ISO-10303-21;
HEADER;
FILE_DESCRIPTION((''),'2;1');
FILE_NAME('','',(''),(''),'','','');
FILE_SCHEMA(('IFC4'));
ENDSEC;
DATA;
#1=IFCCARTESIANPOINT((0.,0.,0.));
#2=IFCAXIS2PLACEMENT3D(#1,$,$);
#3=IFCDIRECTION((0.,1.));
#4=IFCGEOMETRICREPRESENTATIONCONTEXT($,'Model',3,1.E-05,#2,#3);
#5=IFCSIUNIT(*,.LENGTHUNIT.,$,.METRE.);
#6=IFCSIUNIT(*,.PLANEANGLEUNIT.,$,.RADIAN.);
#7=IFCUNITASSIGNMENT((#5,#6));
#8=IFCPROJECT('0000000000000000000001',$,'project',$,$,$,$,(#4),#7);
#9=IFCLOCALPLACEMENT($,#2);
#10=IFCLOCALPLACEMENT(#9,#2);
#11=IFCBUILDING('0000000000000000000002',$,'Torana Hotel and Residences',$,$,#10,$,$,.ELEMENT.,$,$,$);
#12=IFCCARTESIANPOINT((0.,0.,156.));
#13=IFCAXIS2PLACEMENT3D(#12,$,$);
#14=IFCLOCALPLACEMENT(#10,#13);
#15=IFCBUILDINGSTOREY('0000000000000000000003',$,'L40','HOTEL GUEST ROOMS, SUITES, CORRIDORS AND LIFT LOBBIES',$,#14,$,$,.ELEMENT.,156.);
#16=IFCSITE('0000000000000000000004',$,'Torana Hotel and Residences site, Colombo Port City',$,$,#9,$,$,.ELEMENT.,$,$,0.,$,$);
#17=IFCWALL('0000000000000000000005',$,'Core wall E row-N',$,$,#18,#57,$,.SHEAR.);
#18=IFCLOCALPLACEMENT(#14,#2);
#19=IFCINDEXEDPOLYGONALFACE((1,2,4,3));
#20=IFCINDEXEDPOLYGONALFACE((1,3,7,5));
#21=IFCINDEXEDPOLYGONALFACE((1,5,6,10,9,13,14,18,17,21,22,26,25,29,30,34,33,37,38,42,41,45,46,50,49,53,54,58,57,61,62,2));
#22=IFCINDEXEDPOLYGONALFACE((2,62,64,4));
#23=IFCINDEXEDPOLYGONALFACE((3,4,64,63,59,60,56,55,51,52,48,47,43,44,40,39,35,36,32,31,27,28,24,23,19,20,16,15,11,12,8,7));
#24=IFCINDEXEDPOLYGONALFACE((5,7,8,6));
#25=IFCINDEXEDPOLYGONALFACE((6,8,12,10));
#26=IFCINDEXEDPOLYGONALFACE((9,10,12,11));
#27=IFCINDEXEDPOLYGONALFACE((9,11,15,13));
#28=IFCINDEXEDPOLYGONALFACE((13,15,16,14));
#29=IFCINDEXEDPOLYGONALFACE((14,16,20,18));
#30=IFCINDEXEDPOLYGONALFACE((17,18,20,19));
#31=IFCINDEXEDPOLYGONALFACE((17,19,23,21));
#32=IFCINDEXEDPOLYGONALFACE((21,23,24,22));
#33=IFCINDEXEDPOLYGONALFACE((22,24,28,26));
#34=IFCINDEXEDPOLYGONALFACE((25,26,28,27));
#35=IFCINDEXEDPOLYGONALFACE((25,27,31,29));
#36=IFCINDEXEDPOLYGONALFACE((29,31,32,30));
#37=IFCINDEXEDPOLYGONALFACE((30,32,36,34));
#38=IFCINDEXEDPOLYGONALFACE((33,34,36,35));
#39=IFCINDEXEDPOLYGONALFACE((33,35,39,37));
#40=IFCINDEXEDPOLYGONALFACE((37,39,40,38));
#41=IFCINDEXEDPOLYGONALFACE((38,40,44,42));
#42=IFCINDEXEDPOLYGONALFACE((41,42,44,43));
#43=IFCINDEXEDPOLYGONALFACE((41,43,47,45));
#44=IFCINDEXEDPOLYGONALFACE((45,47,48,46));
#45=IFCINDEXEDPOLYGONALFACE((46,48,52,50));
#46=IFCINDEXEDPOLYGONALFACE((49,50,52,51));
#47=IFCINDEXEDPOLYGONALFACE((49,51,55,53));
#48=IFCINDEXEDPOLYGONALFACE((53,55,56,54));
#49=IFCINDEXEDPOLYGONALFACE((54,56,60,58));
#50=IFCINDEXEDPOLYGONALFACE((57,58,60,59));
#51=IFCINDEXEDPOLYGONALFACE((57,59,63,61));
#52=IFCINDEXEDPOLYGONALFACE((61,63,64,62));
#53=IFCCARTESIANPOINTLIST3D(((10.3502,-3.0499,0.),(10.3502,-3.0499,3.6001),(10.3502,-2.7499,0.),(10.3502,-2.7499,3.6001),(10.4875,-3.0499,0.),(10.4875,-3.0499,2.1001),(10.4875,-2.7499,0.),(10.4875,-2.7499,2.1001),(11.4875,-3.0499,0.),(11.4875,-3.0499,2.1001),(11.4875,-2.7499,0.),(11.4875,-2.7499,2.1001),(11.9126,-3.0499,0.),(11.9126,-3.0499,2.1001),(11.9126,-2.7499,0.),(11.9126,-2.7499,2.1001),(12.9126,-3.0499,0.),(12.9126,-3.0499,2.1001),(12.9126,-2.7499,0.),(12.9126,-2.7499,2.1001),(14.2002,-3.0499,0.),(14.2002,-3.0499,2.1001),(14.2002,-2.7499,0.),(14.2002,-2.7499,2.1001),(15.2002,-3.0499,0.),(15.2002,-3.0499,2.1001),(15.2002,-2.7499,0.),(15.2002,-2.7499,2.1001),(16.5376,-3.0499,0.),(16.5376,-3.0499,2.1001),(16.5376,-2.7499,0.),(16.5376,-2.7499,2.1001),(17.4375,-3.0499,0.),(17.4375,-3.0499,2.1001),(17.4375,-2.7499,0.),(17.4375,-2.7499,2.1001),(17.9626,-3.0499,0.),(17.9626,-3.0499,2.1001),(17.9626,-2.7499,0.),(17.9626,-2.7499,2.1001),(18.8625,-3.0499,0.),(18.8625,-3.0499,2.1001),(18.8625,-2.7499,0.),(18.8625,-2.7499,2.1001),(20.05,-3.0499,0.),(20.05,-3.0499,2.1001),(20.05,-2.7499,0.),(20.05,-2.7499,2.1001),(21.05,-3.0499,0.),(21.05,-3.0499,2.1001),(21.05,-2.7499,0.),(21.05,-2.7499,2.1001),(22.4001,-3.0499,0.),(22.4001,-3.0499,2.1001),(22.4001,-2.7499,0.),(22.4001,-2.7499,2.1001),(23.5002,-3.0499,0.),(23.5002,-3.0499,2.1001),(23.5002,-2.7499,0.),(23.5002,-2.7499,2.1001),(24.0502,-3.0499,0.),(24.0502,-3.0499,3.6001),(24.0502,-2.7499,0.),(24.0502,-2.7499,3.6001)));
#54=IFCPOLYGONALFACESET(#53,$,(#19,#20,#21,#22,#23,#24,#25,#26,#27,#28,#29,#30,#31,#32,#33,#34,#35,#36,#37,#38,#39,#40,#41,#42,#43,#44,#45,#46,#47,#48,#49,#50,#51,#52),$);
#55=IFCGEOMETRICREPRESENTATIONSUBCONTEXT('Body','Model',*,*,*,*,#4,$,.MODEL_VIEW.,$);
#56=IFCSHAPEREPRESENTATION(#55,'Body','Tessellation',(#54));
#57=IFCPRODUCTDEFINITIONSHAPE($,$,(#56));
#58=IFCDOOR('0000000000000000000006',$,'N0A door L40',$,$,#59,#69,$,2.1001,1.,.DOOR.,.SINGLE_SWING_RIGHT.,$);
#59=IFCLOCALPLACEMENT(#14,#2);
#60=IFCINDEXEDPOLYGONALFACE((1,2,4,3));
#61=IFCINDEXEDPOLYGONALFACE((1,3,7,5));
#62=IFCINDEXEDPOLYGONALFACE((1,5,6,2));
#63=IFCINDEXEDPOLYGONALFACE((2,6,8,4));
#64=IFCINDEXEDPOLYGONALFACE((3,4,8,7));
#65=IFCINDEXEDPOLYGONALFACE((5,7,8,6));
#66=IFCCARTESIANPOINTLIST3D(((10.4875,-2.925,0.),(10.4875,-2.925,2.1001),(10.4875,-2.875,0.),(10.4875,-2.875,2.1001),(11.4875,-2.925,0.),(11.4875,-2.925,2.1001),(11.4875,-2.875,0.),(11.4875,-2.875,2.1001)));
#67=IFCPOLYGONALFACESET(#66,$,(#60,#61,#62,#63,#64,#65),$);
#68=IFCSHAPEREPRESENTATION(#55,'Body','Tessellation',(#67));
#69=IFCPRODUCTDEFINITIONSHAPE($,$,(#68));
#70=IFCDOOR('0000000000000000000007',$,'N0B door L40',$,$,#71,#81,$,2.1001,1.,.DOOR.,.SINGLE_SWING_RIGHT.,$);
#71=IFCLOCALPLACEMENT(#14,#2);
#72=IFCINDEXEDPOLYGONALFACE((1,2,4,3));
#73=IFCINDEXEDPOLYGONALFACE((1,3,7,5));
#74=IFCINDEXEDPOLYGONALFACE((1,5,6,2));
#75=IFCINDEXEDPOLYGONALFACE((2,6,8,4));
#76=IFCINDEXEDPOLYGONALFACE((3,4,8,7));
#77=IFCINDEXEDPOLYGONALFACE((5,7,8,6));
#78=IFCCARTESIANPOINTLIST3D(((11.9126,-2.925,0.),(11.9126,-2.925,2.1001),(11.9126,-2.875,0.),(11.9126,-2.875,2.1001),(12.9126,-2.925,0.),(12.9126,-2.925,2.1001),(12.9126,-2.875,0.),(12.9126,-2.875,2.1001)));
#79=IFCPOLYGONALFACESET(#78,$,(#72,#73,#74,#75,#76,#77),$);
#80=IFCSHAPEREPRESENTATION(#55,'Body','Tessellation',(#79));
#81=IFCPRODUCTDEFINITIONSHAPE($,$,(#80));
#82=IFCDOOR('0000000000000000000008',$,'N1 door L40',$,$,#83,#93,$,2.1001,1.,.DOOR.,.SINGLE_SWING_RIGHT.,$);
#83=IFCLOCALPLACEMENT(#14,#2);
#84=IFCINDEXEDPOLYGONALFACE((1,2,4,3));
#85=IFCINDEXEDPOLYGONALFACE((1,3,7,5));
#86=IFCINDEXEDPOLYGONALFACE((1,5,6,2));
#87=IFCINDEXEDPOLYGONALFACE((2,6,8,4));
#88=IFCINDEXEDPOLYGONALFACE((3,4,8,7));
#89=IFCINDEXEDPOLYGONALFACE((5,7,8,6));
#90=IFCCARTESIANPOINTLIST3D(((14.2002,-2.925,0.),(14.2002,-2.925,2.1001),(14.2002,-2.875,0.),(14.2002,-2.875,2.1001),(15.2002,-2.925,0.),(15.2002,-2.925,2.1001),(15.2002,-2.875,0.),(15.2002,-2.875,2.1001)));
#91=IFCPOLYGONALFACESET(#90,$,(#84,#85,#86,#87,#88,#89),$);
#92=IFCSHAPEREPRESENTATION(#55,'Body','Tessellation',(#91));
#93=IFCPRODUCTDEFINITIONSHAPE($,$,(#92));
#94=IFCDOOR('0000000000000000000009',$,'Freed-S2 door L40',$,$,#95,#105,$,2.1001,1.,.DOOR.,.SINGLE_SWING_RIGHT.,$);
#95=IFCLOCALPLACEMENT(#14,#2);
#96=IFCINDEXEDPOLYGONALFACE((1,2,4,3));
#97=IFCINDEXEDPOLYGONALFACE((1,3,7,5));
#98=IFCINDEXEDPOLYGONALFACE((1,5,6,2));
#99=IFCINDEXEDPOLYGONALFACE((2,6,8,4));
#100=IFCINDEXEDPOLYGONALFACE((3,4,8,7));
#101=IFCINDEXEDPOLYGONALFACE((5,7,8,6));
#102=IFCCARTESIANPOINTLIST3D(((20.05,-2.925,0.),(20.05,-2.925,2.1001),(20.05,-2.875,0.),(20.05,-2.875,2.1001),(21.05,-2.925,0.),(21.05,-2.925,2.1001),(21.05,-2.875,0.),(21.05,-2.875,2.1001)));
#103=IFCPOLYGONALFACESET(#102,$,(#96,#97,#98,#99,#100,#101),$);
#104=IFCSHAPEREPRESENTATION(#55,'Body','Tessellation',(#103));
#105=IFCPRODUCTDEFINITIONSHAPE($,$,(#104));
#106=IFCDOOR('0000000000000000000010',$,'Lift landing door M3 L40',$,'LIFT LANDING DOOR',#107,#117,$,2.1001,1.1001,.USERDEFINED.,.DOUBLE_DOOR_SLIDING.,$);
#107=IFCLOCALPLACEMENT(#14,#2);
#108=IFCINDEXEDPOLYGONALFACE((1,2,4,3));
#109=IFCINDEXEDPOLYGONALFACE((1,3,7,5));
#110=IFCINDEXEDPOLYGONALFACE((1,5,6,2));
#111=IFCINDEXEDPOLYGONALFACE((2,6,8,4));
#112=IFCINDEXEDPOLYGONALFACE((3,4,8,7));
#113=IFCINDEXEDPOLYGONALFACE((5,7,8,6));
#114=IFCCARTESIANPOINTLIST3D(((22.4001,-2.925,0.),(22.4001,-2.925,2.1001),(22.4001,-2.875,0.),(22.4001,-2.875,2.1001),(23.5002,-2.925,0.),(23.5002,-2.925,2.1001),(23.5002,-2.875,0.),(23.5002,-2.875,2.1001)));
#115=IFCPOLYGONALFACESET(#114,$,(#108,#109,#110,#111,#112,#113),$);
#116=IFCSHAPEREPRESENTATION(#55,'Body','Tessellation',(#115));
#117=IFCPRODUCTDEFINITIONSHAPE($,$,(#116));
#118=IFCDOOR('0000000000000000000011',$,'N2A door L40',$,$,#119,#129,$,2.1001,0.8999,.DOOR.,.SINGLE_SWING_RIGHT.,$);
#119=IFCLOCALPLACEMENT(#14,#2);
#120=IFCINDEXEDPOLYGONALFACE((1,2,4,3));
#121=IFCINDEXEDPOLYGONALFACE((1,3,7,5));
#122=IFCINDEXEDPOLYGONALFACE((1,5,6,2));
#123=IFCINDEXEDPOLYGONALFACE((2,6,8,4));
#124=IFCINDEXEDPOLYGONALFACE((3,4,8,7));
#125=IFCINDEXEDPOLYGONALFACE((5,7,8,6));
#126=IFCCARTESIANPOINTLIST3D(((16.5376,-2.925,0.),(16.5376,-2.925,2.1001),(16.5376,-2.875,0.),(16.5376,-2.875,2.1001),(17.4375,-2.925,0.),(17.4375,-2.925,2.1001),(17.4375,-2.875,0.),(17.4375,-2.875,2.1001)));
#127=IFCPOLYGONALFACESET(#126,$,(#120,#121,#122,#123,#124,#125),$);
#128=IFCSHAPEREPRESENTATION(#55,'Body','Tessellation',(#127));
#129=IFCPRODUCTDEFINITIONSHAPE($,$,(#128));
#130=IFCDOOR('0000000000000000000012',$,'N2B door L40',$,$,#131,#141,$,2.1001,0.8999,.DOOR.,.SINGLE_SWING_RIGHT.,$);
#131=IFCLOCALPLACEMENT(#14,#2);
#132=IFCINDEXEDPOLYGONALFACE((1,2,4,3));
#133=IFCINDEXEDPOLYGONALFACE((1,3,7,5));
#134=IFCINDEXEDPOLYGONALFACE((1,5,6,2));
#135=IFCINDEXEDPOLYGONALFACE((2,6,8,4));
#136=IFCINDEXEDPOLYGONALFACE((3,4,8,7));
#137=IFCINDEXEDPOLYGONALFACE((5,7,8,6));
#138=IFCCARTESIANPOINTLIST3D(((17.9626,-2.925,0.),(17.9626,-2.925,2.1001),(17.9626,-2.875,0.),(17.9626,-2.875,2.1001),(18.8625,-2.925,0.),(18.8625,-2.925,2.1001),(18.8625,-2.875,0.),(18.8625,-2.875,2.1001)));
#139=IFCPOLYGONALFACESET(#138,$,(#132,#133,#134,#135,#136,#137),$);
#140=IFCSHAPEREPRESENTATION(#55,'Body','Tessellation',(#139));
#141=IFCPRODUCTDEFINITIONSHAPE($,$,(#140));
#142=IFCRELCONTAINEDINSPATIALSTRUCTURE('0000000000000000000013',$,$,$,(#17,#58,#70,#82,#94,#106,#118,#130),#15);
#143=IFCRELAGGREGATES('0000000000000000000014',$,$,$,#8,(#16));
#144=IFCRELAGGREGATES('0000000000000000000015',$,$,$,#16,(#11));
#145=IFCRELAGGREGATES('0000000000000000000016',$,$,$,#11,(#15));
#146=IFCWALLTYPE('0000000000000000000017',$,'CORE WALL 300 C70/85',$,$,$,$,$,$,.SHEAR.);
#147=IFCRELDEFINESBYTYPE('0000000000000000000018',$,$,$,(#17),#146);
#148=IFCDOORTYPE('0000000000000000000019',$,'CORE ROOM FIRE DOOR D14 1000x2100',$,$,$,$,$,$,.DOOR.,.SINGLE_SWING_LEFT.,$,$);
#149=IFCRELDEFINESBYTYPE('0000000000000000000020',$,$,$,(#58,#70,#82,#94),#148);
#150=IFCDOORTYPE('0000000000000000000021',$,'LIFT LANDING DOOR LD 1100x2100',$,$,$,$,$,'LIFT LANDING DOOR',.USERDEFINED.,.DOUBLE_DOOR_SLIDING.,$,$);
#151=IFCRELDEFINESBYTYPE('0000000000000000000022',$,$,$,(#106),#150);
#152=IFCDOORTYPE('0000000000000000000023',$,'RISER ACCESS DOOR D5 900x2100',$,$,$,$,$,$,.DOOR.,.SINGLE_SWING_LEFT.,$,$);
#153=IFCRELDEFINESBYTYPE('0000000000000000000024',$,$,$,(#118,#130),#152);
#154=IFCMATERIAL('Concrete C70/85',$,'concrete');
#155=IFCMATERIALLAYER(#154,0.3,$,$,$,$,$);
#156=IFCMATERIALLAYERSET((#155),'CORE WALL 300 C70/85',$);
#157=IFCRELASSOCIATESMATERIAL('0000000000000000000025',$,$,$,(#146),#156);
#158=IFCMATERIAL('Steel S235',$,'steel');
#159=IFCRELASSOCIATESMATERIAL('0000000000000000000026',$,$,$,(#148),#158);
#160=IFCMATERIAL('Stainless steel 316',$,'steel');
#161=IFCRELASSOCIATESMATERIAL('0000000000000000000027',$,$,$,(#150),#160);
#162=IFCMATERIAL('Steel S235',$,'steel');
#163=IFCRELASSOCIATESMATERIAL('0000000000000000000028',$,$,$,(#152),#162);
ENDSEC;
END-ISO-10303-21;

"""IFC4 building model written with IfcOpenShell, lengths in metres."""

from ifc_helpers import new_model, si_unit, direction, frame, frame_2d, origin, place, context, subcontext, project, spatial, rectangle, extrude, material, layer, layer_set, type_object, element, fill, save


model = new_model("IFC4")

# Units and contexts
model_context = context("Model", 3, precision=1e-05, world=origin(), true_north=direction((0.0, 1.0)))
body_context = subcontext(model_context, "Body", "Model", "MODEL_VIEW")
ifc_project = project(units=[si_unit("LENGTHUNIT", "METRE"), si_unit("PLANEANGLEUNIT", "RADIAN")], contexts=[model_context])

# Site, building, storey
site_placement = place(None, origin())
site = spatial("IfcSite", under=ifc_project, at=site_placement, Name="Torana Hotel and Residences site, Colombo Port City", CompositionType="ELEMENT", RefElevation=0.0)
building_placement = place(site_placement, origin())
building = spatial("IfcBuilding", under=site, at=building_placement, Name="Torana Hotel and Residences", CompositionType="ELEMENT")
storey_placement = place(building_placement, frame((0.0, 0.0, 156.0)))
storey = spatial("IfcBuildingStorey", under=building, at=storey_placement, Name="L40", Description="HOTEL GUEST ROOMS, SUITES, CORRIDORS AND LIFT LOBBIES", CompositionType="ELEMENT", Elevation=156.0)

# Wall, openings, doors
ifc_material_1 = material(Name="Concrete C70/85", Category="concrete")
ifc_layer_1 = layer(ifc_material_1, 0.3)
ifc_layer_set_1 = layer_set([ifc_layer_1], Name="CORE WALL 300 C70/85")
wall_type_1 = type_object("IfcWallType", Name="CORE WALL 300 C70/85", PredefinedType="SHEAR", material=ifc_layer_set_1)
wall_1_placement = place(storey_placement, frame((10.3501, -2.8999, 0.0), z_axis=(0.0, 0.0, 1.0), x_axis=(1.0, 0.0, 0.0)))
wall_1 = element("IfcWall", 1, at=wall_1_placement, inside=storey, type_object=wall_type_1, Name="Core wall E row-N", PredefinedType="SHEAR", context=body_context, shape_type="SweptSolid", body=[
    extrude(rectangle(XDim=13.7, YDim=0.3, at=frame_2d((6.8501, 0.0))), origin(), (0.0, 0.0, 1.0), 3.6001),
])
opening_1_placement = place(wall_1_placement, frame((12.05, 0.0, 0.0)))
opening_1 = element("IfcOpeningElement", 2, at=opening_1_placement, cuts=wall_1, PredefinedType="OPENING", context=body_context, shape_type="SweptSolid", body=[
    extrude(rectangle(XDim=1.1001, YDim=2.1001, at=frame_2d((0.55, 1.05))), frame((0.0, 0.1599, 0.0), z_axis=(0.0, -1.0, 0.0), x_axis=(1.0, 0.0, 0.0)), (0.0, 0.0, 1.0), 0.3201),
])
opening_2_placement = place(wall_1_placement, frame((6.1875, 0.0, 0.0)))
opening_2 = element("IfcOpeningElement", 3, at=opening_2_placement, cuts=wall_1, PredefinedType="OPENING", context=body_context, shape_type="SweptSolid", body=[
    extrude(rectangle(XDim=0.8999, YDim=2.1001, at=frame_2d((0.45, 1.05))), frame((0.0, 0.1599, 0.0), z_axis=(0.0, -1.0, 0.0), x_axis=(1.0, 0.0, 0.0)), (0.0, 0.0, 1.0), 0.3201),
])
opening_3_placement = place(wall_1_placement, frame((7.6125, 0.0, 0.0)))
opening_3 = element("IfcOpeningElement", 4, at=opening_3_placement, cuts=wall_1, PredefinedType="OPENING", context=body_context, shape_type="SweptSolid", body=[
    extrude(rectangle(XDim=0.8999, YDim=2.1001, at=frame_2d((0.45, 1.05))), frame((0.0, 0.1599, 0.0), z_axis=(0.0, -1.0, 0.0), x_axis=(1.0, 0.0, 0.0)), (0.0, 0.0, 1.0), 0.3201),
])
opening_4_placement = place(wall_1_placement, frame((0.1375, 0.0, 0.0)))
opening_4 = element("IfcOpeningElement", 5, at=opening_4_placement, cuts=wall_1, PredefinedType="OPENING", context=body_context, shape_type="SweptSolid", body=[
    extrude(rectangle(XDim=1.0, YDim=2.1001, at=frame_2d((0.5, 1.05))), frame((0.0, 0.1599, 0.0), z_axis=(0.0, -1.0, 0.0), x_axis=(1.0, 0.0, 0.0)), (0.0, 0.0, 1.0), 0.3201),
])
opening_5_placement = place(wall_1_placement, frame((1.5625, 0.0, 0.0)))
opening_5 = element("IfcOpeningElement", 6, at=opening_5_placement, cuts=wall_1, PredefinedType="OPENING", context=body_context, shape_type="SweptSolid", body=[
    extrude(rectangle(XDim=1.0, YDim=2.1001, at=frame_2d((0.5, 1.05))), frame((0.0, 0.1599, 0.0), z_axis=(0.0, -1.0, 0.0), x_axis=(1.0, 0.0, 0.0)), (0.0, 0.0, 1.0), 0.3201),
])
opening_6_placement = place(wall_1_placement, frame((3.8501, 0.0, 0.0)))
opening_6 = element("IfcOpeningElement", 7, at=opening_6_placement, cuts=wall_1, PredefinedType="OPENING", context=body_context, shape_type="SweptSolid", body=[
    extrude(rectangle(XDim=1.0, YDim=2.1001, at=frame_2d((0.5, 1.05))), frame((0.0, 0.1599, 0.0), z_axis=(0.0, -1.0, 0.0), x_axis=(1.0, 0.0, 0.0)), (0.0, 0.0, 1.0), 0.3201),
])
opening_7_placement = place(wall_1_placement, frame((9.7, 0.0, 0.0)))
opening_7 = element("IfcOpeningElement", 8, at=opening_7_placement, cuts=wall_1, PredefinedType="OPENING", context=body_context, shape_type="SweptSolid", body=[
    extrude(rectangle(XDim=1.0, YDim=2.1001, at=frame_2d((0.5, 1.05))), frame((0.0, 0.1599, 0.0), z_axis=(0.0, -1.0, 0.0), x_axis=(1.0, 0.0, 0.0)), (0.0, 0.0, 1.0), 0.3201),
])
ifc_material_2 = material(Name="Steel S235", Category="steel")
door_type_1 = type_object("IfcDoorType", Name="CORE ROOM FIRE DOOR D14 1000x2100", OperationType="SINGLE_SWING_LEFT", PredefinedType="DOOR", material=ifc_material_2)
door_1_placement = place(opening_4_placement, origin())
door_1 = element("IfcDoor", 9, at=door_1_placement, inside=storey, type_object=door_type_1, Name="N0A door L40", OperationType="SINGLE_SWING_RIGHT", OverallHeight=2.1001, OverallWidth=1.0, PredefinedType="DOOR", context=body_context, shape_type="SweptSolid", body=[
    extrude(rectangle(XDim=1.0, YDim=2.1001, at=frame_2d((0.5, 1.05))), frame((0.0, 0.0249, 0.0), z_axis=(0.0, -1.0, 0.0), x_axis=(1.0, 0.0, 0.0)), (0.0, 0.0, 1.0), 0.05),
])
fill(opening_4, door_1)
door_2_placement = place(opening_5_placement, origin())
door_2 = element("IfcDoor", 10, at=door_2_placement, inside=storey, type_object=door_type_1, Name="N0B door L40", OperationType="SINGLE_SWING_RIGHT", OverallHeight=2.1001, OverallWidth=1.0, PredefinedType="DOOR", context=body_context, shape_type="SweptSolid", body=[
    extrude(rectangle(XDim=1.0, YDim=2.1001, at=frame_2d((0.5, 1.05))), frame((0.0, 0.0249, 0.0), z_axis=(0.0, -1.0, 0.0), x_axis=(1.0, 0.0, 0.0)), (0.0, 0.0, 1.0), 0.05),
])
fill(opening_5, door_2)
door_3_placement = place(opening_6_placement, origin())
door_3 = element("IfcDoor", 11, at=door_3_placement, inside=storey, type_object=door_type_1, Name="N1 door L40", OperationType="SINGLE_SWING_RIGHT", OverallHeight=2.1001, OverallWidth=1.0, PredefinedType="DOOR", context=body_context, shape_type="SweptSolid", body=[
    extrude(rectangle(XDim=1.0, YDim=2.1001, at=frame_2d((0.5, 1.05))), frame((0.0, 0.0249, 0.0), z_axis=(0.0, -1.0, 0.0), x_axis=(1.0, 0.0, 0.0)), (0.0, 0.0, 1.0), 0.05),
])
fill(opening_6, door_3)
door_4_placement = place(opening_7_placement, origin())
door_4 = element("IfcDoor", 12, at=door_4_placement, inside=storey, type_object=door_type_1, Name="Freed-S2 door L40", OperationType="SINGLE_SWING_RIGHT", OverallHeight=2.1001, OverallWidth=1.0, PredefinedType="DOOR", context=body_context, shape_type="SweptSolid", body=[
    extrude(rectangle(XDim=1.0, YDim=2.1001, at=frame_2d((0.5, 1.05))), frame((0.0, 0.0249, 0.0), z_axis=(0.0, -1.0, 0.0), x_axis=(1.0, 0.0, 0.0)), (0.0, 0.0, 1.0), 0.05),
])
fill(opening_7, door_4)
ifc_material_3 = material(Name="Stainless steel 316", Category="steel")
door_type_2 = type_object("IfcDoorType", Name="LIFT LANDING DOOR LD 1100x2100", ElementType="LIFT LANDING DOOR", OperationType="DOUBLE_DOOR_SLIDING", PredefinedType="USERDEFINED", material=ifc_material_3)
door_5_placement = place(opening_1_placement, origin())
door_5 = element("IfcDoor", 13, at=door_5_placement, inside=storey, type_object=door_type_2, Name="Lift landing door M3 L40", ObjectType="LIFT LANDING DOOR", OperationType="DOUBLE_DOOR_SLIDING", OverallHeight=2.1001, OverallWidth=1.1001, PredefinedType="USERDEFINED", context=body_context, shape_type="SweptSolid", body=[
    extrude(rectangle(XDim=1.1001, YDim=2.1001, at=frame_2d((0.55, 1.05))), frame((0.0, 0.0249, 0.0), z_axis=(0.0, -1.0, 0.0), x_axis=(1.0, 0.0, 0.0)), (0.0, 0.0, 1.0), 0.05),
])
fill(opening_1, door_5)
ifc_material_4 = material(Name="Steel S235", Category="steel")
door_type_3 = type_object("IfcDoorType", Name="RISER ACCESS DOOR D5 900x2100", OperationType="SINGLE_SWING_LEFT", PredefinedType="DOOR", material=ifc_material_4)
door_6_placement = place(opening_2_placement, origin())
door_6 = element("IfcDoor", 14, at=door_6_placement, inside=storey, type_object=door_type_3, Name="N2A door L40", OperationType="SINGLE_SWING_RIGHT", OverallHeight=2.1001, OverallWidth=0.8999, PredefinedType="DOOR", context=body_context, shape_type="SweptSolid", body=[
    extrude(rectangle(XDim=0.8999, YDim=2.1001, at=frame_2d((0.45, 1.05))), frame((0.0, 0.0249, 0.0), z_axis=(0.0, -1.0, 0.0), x_axis=(1.0, 0.0, 0.0)), (0.0, 0.0, 1.0), 0.05),
])
fill(opening_2, door_6)
door_7_placement = place(opening_3_placement, origin())
door_7 = element("IfcDoor", 15, at=door_7_placement, inside=storey, type_object=door_type_3, Name="N2B door L40", OperationType="SINGLE_SWING_RIGHT", OverallHeight=2.1001, OverallWidth=0.8999, PredefinedType="DOOR", context=body_context, shape_type="SweptSolid", body=[
    extrude(rectangle(XDim=0.8999, YDim=2.1001, at=frame_2d((0.45, 1.05))), frame((0.0, 0.0249, 0.0), z_axis=(0.0, -1.0, 0.0), x_axis=(1.0, 0.0, 0.0)), (0.0, 0.0, 1.0), 0.05),
])
fill(opening_3, door_7)

save(model, "model.ifc")
